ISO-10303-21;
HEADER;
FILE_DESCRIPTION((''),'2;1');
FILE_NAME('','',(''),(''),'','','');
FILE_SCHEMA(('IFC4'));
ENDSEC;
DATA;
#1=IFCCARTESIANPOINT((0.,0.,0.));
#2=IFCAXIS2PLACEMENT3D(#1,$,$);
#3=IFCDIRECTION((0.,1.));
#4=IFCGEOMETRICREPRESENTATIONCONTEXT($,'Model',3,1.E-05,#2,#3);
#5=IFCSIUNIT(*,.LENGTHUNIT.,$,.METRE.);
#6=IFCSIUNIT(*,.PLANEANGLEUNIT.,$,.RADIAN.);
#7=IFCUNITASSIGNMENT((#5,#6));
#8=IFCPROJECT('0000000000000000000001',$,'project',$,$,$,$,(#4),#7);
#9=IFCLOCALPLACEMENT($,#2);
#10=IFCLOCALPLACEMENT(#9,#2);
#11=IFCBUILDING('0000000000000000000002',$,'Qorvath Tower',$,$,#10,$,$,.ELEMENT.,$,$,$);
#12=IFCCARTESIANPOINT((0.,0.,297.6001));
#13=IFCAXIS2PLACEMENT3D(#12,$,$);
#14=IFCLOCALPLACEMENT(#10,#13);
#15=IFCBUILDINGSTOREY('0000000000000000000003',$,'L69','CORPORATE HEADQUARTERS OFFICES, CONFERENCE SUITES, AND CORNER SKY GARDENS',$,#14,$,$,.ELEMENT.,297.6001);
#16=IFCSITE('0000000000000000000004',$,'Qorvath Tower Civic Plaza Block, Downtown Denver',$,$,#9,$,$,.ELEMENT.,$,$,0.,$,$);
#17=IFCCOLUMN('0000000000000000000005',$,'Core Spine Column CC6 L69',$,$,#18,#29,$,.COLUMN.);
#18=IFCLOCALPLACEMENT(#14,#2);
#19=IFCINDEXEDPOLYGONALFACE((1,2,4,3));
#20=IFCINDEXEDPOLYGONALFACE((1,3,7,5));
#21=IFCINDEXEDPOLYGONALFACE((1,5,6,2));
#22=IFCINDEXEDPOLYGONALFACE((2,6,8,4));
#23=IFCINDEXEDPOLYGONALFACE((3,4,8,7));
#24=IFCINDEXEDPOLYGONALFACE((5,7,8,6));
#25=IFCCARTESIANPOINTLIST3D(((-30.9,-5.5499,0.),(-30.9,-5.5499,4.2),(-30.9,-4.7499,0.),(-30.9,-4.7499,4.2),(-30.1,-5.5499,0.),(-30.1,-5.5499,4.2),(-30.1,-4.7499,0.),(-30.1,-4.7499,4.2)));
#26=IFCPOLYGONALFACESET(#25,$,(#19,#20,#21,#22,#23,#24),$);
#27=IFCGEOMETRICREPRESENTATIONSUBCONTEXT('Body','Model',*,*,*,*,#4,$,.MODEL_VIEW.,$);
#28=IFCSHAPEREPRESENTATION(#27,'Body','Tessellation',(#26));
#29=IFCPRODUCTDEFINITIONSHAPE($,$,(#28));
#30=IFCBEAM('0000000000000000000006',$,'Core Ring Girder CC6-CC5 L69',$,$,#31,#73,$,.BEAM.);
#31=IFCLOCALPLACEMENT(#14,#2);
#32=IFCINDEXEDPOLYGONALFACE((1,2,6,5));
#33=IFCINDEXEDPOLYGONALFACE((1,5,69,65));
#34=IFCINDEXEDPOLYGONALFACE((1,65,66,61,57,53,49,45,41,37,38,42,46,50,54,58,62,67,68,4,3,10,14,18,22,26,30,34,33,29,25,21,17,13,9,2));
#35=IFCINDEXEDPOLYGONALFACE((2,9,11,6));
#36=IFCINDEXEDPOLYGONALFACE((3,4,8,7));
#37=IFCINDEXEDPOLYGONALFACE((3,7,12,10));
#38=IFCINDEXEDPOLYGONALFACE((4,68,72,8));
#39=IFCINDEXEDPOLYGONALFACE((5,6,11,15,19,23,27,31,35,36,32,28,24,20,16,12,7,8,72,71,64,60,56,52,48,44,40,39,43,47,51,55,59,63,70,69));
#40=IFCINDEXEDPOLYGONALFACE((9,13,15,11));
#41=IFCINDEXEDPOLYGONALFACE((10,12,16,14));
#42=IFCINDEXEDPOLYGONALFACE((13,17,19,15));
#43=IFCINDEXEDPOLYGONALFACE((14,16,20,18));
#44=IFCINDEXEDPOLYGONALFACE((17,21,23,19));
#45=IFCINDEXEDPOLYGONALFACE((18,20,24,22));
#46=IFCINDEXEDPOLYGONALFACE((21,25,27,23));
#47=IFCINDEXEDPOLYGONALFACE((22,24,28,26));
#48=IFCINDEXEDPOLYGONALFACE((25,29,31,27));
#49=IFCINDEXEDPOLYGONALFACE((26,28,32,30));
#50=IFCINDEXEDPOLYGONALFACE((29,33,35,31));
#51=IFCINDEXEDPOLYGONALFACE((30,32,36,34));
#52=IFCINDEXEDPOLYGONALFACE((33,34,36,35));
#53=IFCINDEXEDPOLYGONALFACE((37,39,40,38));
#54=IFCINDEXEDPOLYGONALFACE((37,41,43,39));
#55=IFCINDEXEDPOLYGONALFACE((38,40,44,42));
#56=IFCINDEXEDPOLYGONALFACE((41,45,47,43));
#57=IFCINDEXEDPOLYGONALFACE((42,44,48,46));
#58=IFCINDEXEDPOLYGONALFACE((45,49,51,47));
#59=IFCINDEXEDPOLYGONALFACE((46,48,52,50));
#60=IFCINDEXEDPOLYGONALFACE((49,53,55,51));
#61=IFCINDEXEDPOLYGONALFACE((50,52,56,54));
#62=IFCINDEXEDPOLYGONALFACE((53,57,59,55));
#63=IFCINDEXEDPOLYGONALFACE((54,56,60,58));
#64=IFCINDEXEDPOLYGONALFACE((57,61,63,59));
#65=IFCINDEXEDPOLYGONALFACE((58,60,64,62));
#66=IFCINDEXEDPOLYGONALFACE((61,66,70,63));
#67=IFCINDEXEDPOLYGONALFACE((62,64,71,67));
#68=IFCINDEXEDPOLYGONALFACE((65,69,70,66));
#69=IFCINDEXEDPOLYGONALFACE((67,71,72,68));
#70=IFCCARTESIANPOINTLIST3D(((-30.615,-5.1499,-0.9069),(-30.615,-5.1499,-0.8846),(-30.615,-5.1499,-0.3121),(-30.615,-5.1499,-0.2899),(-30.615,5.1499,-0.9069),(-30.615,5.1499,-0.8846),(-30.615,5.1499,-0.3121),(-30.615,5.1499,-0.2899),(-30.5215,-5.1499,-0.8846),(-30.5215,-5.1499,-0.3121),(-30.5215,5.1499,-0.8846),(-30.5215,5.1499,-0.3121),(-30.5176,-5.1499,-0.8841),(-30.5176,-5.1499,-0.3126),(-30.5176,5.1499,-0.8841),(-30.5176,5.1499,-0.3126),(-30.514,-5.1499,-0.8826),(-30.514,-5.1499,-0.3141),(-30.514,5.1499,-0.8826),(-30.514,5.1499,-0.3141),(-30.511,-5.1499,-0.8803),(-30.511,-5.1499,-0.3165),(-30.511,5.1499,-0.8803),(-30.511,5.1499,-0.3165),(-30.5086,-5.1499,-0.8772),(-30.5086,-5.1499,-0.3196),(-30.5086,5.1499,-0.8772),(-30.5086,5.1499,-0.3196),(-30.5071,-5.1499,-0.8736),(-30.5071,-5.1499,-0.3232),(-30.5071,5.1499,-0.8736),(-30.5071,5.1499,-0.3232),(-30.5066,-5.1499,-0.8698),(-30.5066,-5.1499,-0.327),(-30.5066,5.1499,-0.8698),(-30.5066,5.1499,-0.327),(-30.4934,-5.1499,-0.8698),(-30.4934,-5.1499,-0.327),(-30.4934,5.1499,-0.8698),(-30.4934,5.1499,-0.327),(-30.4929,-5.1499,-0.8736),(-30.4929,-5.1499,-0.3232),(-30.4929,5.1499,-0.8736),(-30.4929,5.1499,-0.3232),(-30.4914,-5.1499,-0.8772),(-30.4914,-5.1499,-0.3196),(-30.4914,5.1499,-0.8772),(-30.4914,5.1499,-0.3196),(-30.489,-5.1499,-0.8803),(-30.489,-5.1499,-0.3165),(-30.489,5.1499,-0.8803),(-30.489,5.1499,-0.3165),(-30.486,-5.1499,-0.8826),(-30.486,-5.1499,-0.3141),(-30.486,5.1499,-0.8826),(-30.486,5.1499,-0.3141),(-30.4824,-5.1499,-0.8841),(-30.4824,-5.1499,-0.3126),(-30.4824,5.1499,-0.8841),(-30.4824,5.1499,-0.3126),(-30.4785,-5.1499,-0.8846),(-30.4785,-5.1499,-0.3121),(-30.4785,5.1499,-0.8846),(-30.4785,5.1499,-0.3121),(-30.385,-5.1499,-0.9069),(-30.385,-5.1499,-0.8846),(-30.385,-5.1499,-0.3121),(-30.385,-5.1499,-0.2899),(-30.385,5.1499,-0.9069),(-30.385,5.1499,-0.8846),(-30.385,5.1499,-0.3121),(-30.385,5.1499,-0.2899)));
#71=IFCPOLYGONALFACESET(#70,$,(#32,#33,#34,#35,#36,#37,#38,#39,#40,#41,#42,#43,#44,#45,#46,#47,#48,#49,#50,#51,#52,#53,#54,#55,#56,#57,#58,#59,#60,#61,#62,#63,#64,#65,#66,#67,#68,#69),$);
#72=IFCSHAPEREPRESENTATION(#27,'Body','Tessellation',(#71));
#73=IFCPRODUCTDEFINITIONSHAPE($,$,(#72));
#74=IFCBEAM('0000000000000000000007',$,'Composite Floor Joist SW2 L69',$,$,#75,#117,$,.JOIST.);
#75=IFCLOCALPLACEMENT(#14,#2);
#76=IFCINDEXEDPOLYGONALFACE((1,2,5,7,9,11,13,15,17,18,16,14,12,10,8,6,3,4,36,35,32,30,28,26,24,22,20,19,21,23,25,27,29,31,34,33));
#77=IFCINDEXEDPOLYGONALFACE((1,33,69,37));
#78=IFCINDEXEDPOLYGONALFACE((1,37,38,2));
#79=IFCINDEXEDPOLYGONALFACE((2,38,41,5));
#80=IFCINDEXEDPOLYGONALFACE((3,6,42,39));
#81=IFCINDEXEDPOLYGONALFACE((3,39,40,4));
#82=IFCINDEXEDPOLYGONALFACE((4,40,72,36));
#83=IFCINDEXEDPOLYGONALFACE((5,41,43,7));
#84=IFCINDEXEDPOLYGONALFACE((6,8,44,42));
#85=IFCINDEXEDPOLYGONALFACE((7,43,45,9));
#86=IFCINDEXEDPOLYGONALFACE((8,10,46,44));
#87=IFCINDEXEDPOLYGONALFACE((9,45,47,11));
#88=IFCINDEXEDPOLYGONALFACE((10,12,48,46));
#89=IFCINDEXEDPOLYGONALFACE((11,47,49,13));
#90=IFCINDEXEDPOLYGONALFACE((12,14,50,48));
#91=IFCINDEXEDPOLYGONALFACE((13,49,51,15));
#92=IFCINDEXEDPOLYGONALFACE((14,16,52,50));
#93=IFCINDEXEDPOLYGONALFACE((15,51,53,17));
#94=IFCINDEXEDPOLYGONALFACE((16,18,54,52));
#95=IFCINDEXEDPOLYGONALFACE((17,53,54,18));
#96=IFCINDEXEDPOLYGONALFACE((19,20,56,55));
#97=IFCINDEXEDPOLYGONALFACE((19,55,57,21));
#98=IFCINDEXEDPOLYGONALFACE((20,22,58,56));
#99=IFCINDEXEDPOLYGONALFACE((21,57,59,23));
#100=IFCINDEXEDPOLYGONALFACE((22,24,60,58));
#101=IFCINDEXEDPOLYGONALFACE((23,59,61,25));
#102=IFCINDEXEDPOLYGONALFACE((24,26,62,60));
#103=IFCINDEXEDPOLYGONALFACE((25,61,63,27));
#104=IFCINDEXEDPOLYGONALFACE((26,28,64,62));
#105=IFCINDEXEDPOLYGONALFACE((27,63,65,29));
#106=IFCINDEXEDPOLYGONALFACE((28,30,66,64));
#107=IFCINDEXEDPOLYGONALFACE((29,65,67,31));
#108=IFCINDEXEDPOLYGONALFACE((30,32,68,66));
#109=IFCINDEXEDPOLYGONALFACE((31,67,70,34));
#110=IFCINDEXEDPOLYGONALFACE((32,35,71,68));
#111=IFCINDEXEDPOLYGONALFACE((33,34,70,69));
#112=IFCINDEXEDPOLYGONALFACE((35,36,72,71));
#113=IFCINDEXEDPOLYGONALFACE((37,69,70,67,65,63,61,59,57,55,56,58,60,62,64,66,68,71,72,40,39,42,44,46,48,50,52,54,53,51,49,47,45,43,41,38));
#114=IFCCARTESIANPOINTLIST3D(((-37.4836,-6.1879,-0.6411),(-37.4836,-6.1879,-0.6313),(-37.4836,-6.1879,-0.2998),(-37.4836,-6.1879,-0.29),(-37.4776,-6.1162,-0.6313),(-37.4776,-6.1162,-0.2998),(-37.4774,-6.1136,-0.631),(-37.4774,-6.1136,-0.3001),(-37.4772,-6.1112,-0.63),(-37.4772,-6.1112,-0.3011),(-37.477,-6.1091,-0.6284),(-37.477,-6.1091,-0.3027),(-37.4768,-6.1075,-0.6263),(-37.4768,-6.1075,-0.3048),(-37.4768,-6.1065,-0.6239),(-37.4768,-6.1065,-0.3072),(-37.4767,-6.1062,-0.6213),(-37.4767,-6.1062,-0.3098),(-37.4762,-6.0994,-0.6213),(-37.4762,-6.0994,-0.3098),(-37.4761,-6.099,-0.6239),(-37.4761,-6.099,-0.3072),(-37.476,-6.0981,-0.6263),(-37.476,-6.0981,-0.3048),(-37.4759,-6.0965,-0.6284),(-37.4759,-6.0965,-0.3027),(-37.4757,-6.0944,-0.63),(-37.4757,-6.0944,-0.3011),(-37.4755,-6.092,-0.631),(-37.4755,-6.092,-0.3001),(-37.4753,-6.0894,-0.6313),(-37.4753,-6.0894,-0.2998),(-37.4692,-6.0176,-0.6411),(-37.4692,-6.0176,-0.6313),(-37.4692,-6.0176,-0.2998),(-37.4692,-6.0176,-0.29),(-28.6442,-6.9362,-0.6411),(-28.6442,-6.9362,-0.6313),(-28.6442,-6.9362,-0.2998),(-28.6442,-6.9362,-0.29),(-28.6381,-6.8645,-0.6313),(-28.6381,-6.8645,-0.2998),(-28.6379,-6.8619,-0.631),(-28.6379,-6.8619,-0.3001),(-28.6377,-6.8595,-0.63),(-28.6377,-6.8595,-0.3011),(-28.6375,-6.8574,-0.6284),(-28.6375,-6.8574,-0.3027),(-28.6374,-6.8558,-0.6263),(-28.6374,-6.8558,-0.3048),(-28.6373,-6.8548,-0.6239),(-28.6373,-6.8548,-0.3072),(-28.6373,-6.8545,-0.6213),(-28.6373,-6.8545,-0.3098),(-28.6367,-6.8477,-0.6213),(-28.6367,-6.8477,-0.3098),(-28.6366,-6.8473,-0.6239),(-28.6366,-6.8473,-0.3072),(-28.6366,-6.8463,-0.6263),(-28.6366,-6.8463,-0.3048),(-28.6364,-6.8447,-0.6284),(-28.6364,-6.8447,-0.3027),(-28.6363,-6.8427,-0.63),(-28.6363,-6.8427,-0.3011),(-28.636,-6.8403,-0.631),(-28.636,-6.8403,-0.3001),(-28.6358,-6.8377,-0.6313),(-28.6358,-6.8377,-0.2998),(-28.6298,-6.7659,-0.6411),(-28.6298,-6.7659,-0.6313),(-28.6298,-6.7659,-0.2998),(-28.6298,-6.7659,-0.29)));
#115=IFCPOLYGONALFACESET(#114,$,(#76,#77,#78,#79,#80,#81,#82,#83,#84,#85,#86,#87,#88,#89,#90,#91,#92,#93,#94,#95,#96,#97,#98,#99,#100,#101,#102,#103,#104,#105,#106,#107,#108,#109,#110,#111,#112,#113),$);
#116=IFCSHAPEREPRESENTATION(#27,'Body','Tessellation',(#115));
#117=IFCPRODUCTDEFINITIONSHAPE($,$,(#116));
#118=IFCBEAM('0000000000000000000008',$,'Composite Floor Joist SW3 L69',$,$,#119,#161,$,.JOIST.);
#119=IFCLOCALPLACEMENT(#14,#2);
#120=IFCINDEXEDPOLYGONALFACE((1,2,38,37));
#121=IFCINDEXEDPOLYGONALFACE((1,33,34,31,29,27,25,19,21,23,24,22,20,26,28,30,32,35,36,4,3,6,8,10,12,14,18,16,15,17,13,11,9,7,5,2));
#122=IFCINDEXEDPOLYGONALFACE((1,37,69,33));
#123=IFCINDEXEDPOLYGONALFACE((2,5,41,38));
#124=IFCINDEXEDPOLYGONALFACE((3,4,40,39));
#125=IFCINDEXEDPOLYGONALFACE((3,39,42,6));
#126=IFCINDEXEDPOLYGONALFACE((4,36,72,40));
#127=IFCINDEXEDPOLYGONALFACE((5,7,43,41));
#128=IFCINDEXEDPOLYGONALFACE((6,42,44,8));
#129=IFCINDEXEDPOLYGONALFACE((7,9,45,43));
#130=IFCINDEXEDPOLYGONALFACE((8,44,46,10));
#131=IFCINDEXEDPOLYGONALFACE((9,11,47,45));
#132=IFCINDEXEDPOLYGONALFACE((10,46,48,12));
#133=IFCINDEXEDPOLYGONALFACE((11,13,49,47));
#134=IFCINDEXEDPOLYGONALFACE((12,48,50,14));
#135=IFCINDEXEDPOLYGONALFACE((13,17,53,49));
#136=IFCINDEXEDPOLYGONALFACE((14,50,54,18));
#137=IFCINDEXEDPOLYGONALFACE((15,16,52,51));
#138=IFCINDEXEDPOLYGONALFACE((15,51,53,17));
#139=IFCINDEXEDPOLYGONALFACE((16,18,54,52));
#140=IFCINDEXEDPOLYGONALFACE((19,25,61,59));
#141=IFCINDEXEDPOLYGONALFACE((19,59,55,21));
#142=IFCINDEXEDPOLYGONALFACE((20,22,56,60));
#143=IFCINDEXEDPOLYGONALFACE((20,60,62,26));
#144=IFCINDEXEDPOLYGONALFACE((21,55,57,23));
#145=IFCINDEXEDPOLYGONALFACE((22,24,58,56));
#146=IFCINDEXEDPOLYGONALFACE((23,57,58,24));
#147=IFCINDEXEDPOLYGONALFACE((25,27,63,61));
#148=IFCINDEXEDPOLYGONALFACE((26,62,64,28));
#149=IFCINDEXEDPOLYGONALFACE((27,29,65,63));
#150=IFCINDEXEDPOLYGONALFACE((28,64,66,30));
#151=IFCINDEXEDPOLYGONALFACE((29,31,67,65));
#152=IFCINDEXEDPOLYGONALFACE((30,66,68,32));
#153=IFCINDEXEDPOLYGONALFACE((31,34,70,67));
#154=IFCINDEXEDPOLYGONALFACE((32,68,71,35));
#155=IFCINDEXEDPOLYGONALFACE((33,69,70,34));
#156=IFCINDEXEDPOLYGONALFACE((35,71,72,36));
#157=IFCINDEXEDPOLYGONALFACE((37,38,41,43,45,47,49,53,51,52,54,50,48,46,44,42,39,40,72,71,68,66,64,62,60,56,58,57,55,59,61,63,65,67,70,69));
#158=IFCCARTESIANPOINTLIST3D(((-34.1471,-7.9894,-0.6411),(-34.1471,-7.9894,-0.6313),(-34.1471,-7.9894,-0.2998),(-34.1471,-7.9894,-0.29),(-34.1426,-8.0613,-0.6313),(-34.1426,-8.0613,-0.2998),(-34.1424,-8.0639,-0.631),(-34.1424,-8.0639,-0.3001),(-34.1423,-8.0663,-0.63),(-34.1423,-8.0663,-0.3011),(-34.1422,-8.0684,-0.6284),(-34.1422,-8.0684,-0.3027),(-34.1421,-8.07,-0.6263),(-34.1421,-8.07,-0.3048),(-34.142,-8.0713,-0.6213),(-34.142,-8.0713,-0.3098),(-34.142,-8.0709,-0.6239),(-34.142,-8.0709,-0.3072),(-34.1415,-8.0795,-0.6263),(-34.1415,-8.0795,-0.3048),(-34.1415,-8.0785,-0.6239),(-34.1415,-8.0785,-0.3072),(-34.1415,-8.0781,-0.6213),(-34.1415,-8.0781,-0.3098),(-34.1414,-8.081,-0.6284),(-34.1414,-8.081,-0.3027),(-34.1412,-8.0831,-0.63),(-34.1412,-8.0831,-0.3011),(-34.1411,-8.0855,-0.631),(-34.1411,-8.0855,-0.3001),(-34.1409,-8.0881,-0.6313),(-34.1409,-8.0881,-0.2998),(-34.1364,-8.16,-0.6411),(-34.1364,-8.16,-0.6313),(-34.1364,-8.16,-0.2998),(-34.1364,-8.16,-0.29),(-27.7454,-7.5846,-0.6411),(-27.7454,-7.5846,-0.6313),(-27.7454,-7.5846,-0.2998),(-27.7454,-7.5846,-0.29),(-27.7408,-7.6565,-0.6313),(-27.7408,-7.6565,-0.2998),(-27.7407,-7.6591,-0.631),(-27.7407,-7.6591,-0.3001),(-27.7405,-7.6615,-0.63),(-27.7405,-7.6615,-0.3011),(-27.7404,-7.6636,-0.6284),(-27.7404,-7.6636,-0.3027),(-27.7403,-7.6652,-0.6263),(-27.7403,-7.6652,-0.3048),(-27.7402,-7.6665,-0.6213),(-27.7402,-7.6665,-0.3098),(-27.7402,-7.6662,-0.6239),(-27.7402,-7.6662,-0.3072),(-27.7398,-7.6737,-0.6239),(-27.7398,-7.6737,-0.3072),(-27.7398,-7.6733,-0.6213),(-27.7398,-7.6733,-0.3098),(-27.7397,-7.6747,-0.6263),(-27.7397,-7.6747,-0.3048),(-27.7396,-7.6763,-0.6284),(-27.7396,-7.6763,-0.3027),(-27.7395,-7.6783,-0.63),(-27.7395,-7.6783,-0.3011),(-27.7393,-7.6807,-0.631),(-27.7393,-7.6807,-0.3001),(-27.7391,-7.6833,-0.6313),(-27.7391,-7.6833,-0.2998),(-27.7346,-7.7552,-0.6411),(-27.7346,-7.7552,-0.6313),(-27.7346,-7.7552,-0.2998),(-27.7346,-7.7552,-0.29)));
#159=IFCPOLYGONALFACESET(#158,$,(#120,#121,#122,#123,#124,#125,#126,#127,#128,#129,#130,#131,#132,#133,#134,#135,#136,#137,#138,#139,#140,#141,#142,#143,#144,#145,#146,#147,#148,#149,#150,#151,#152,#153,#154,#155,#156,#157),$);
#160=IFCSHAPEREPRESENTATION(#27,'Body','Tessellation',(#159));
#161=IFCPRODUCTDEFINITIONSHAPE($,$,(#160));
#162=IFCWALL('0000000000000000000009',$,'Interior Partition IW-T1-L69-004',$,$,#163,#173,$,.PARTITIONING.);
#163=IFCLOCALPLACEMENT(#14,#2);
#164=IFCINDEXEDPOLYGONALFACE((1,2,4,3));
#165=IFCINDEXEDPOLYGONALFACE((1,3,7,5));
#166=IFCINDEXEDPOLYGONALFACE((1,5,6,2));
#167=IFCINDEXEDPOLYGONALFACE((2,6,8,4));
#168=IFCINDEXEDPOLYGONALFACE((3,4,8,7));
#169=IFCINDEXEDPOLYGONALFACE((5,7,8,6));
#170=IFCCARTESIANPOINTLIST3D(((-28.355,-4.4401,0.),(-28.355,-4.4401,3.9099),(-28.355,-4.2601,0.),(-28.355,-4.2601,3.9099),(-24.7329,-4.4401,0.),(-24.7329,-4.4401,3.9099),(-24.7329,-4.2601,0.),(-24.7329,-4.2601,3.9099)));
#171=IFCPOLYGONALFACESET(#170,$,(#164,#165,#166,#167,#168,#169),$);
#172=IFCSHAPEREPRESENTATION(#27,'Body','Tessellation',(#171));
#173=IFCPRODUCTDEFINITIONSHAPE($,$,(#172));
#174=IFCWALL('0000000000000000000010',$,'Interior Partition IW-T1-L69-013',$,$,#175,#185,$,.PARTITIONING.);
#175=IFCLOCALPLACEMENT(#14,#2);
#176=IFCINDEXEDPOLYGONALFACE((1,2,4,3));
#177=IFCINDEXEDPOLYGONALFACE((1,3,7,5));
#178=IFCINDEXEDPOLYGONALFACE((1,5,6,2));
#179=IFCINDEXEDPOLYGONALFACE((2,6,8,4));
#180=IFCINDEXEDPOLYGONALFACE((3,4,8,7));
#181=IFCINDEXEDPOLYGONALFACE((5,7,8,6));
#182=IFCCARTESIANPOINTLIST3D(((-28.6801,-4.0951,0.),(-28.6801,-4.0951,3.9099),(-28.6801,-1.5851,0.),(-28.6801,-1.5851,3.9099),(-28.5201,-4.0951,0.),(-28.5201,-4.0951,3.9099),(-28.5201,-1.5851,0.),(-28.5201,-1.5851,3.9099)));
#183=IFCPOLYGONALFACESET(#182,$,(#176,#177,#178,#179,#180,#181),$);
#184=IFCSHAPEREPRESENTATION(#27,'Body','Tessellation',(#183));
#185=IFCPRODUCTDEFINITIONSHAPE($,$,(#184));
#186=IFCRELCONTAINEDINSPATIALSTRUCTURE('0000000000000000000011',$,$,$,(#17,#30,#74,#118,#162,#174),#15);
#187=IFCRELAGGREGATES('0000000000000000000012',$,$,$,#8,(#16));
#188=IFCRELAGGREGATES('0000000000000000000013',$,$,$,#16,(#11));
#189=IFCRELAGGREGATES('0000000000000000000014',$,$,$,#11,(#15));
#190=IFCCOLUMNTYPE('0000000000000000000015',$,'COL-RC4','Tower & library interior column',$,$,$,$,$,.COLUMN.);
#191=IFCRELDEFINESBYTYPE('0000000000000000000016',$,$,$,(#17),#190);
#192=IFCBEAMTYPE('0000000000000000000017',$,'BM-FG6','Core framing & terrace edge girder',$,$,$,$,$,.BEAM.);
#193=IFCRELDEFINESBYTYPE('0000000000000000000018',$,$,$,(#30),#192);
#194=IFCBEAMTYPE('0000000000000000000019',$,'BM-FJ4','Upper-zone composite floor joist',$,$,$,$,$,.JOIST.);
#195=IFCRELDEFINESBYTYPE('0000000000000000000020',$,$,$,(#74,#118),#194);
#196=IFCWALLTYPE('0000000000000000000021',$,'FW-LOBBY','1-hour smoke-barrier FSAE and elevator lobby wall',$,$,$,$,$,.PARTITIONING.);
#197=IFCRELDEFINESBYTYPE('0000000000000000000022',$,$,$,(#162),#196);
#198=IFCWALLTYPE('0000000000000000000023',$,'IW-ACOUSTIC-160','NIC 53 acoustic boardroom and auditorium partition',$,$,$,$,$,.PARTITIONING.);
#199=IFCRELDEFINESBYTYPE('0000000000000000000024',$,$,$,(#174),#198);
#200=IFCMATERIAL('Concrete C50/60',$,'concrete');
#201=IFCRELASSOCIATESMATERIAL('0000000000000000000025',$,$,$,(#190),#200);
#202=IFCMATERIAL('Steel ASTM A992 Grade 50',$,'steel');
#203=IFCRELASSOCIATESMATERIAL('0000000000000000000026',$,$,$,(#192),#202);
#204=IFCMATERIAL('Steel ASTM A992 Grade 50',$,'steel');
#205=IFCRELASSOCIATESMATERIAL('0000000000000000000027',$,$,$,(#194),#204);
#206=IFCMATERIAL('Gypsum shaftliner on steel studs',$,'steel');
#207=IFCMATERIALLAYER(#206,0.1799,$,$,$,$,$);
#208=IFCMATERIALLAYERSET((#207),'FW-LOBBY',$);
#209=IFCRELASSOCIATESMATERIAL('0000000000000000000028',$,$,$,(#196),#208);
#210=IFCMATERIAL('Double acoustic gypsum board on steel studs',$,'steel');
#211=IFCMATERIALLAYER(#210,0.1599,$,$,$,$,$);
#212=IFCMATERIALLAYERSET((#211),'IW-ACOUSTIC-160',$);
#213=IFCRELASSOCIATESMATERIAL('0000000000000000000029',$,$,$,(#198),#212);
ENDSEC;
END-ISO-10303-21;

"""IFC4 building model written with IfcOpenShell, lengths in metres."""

from ifc_helpers import new_model, si_unit, direction, frame, frame_2d, origin, origin_2d, place, context, subcontext, project, spatial, rectangle, i_section, extrude, material, layer, layer_set, material_profile, profile_set, type_object, element, save


model = new_model("IFC4")

# Units and contexts
model_context = context("Model", 3, precision=1e-05, world=origin(), true_north=direction((0.0, 1.0)))
body_context = subcontext(model_context, "Body", "Model", "MODEL_VIEW")
ifc_project = project(units=[si_unit("LENGTHUNIT", "METRE"), si_unit("PLANEANGLEUNIT", "RADIAN")], contexts=[model_context])

# Site, building, storey
site_placement = place(None, origin())
site = spatial("IfcSite", under=ifc_project, at=site_placement, Name="Qorvath Tower Civic Plaza Block, Downtown Denver", CompositionType="ELEMENT", RefElevation=0.0)
building_placement = place(site_placement, origin())
building = spatial("IfcBuilding", under=site, at=building_placement, Name="Qorvath Tower", CompositionType="ELEMENT")
storey_placement = place(building_placement, frame((0.0, 0.0, 297.6001)))
storey = spatial("IfcBuildingStorey", under=building, at=storey_placement, Name="L69", Description="CORPORATE HEADQUARTERS OFFICES, CONFERENCE SUITES, AND CORNER SKY GARDENS", CompositionType="ELEMENT", Elevation=297.6001)

# Column
ifc_material_1 = material(Name="Concrete C50/60", Category="concrete")
ifc_material_profile_1 = material_profile(ifc_material_1, rectangle(XDim=0.8, YDim=0.8, at=origin_2d()), Name="RC 800x800")
ifc_profile_set_1 = profile_set([ifc_material_profile_1], Name="Concrete C50/60")
column_type = type_object("IfcColumnType", Name="COL-RC4", Description="Tower & library interior column", PredefinedType="COLUMN", material=ifc_profile_set_1)
column_placement = place(storey_placement, frame((-30.5, -5.1499, 0.0), z_axis=(0.0, 0.0, 1.0), x_axis=(1.0, 0.0, 0.0)))
element("IfcColumn", 1, at=column_placement, inside=storey, type_object=column_type, Name="Core Spine Column CC6 L69", PredefinedType="COLUMN", context=body_context, shape_type="SweptSolid", body=[
    extrude(rectangle(XDim=0.8, YDim=0.8, at=origin_2d()), origin(), (0.0, 0.0, 1.0), 4.2),
])

# Beams
ifc_material_2 = material(Name="Steel ASTM A992 Grade 50", Category="steel")
ifc_material_profile_2 = material_profile(ifc_material_2, i_section(OverallWidth=0.23, OverallDepth=0.6169, WebThickness=0.0132, FlangeThickness=0.0222, FilletRadius=0.0149, at=origin_2d()), Name="W24x94")
ifc_profile_set_2 = profile_set([ifc_material_profile_2], Name="Steel ASTM A992 Grade 50")
beam_type_1 = type_object("IfcBeamType", Name="BM-FG6", Description="Core framing & terrace edge girder", PredefinedType="BEAM", material=ifc_profile_set_2)
beam_1_placement = place(storey_placement, frame((-30.5, -5.1499, -0.5984), z_axis=(0.0, 1.0, 0.0), x_axis=(-1.0, 0.0, 0.0)))
element("IfcBeam", 2, at=beam_1_placement, inside=storey, type_object=beam_type_1, Name="Core Ring Girder CC6-CC5 L69", PredefinedType="BEAM", context=body_context, shape_type="SweptSolid", body=[
    extrude(i_section(OverallWidth=0.23, OverallDepth=0.6169, WebThickness=0.0132, FlangeThickness=0.0222, FilletRadius=0.0149, at=origin_2d()), origin(), (0.0, 0.0, 1.0), 10.2998),
])
ifc_material_3 = material(Name="Steel ASTM A992 Grade 50", Category="steel")
ifc_material_profile_3 = material_profile(ifc_material_3, i_section(OverallWidth=0.1709, OverallDepth=0.3511, WebThickness=0.0068, FlangeThickness=0.0098, FilletRadius=0.01, at=origin_2d()), Name="W14x30")
ifc_profile_set_3 = profile_set([ifc_material_profile_3], Name="Steel ASTM A992 Grade 50")
beam_type_2 = type_object("IfcBeamType", Name="BM-FJ4", Description="Upper-zone composite floor joist", PredefinedType="JOIST", material=ifc_profile_set_3)
beam_2_placement = place(storey_placement, frame((-28.637, -6.8511, -0.4656), z_axis=(-0.996436, 0.08435, 0.0), x_axis=(-0.08435, -0.996436, 0.0)))
element("IfcBeam", 3, at=beam_2_placement, inside=storey, type_object=beam_type_2, Name="Composite Floor Joist SW2 L69", PredefinedType="JOIST", context=body_context, shape_type="SweptSolid", body=[
    extrude(i_section(OverallWidth=0.1709, OverallDepth=0.3511, WebThickness=0.0068, FlangeThickness=0.0098, FilletRadius=0.01, at=origin_2d()), origin(), (0.0, 0.0, 1.0), 8.8711),
])
beam_3_placement = place(storey_placement, frame((-27.74, -7.6699, -0.4656), z_axis=(-0.998007, -0.063103, 0.0), x_axis=(0.063103, -0.998007, 0.0)))
element("IfcBeam", 4, at=beam_3_placement, inside=storey, type_object=beam_type_2, Name="Composite Floor Joist SW3 L69", PredefinedType="JOIST", context=body_context, shape_type="SweptSolid", body=[
    extrude(i_section(OverallWidth=0.1709, OverallDepth=0.3511, WebThickness=0.0068, FlangeThickness=0.0098, FilletRadius=0.01, at=origin_2d()), origin(), (0.0, 0.0, 1.0), 6.4146),
])

# Walls
ifc_material_4 = material(Name="Gypsum shaftliner on steel studs", Category="steel")
ifc_layer_1 = layer(ifc_material_4, 0.1799)
ifc_layer_set_1 = layer_set([ifc_layer_1], Name="FW-LOBBY")
wall_type_1 = type_object("IfcWallType", Name="FW-LOBBY", Description="1-hour smoke-barrier FSAE and elevator lobby wall", PredefinedType="PARTITIONING", material=ifc_layer_set_1)
wall_1_placement = place(storey_placement, frame((-24.7329, -4.3501, 0.0), z_axis=(0.0, 0.0, 1.0), x_axis=(-1.0, 0.0, 0.0)))
element("IfcWall", 5, at=wall_1_placement, inside=storey, type_object=wall_type_1, Name="Interior Partition IW-T1-L69-004", PredefinedType="PARTITIONING", context=body_context, shape_type="SweptSolid", body=[
    extrude(rectangle(XDim=3.6221, YDim=0.1799, at=frame_2d((1.811, 0.0))), origin(), (0.0, 0.0, 1.0), 3.9099),
])
ifc_material_5 = material(Name="Double acoustic gypsum board on steel studs", Category="steel")
ifc_layer_2 = layer(ifc_material_5, 0.1599)
ifc_layer_set_2 = layer_set([ifc_layer_2], Name="IW-ACOUSTIC-160")
wall_type_2 = type_object("IfcWallType", Name="IW-ACOUSTIC-160", Description="NIC 53 acoustic boardroom and auditorium partition", PredefinedType="PARTITIONING", material=ifc_layer_set_2)
wall_2_placement = place(storey_placement, frame((-28.6001, -1.5852, 0.0), z_axis=(0.0, 0.0, 1.0), x_axis=(0.0, -1.0, 0.0)))
element("IfcWall", 6, at=wall_2_placement, inside=storey, type_object=wall_type_2, Name="Interior Partition IW-T1-L69-013", PredefinedType="PARTITIONING", context=body_context, shape_type="SweptSolid", body=[
    extrude(rectangle(XDim=2.51, YDim=0.1599, at=frame_2d((1.2549, 0.0))), origin(), (0.0, 0.0, 1.0), 3.9099),
])

save(model, "model.ifc")
